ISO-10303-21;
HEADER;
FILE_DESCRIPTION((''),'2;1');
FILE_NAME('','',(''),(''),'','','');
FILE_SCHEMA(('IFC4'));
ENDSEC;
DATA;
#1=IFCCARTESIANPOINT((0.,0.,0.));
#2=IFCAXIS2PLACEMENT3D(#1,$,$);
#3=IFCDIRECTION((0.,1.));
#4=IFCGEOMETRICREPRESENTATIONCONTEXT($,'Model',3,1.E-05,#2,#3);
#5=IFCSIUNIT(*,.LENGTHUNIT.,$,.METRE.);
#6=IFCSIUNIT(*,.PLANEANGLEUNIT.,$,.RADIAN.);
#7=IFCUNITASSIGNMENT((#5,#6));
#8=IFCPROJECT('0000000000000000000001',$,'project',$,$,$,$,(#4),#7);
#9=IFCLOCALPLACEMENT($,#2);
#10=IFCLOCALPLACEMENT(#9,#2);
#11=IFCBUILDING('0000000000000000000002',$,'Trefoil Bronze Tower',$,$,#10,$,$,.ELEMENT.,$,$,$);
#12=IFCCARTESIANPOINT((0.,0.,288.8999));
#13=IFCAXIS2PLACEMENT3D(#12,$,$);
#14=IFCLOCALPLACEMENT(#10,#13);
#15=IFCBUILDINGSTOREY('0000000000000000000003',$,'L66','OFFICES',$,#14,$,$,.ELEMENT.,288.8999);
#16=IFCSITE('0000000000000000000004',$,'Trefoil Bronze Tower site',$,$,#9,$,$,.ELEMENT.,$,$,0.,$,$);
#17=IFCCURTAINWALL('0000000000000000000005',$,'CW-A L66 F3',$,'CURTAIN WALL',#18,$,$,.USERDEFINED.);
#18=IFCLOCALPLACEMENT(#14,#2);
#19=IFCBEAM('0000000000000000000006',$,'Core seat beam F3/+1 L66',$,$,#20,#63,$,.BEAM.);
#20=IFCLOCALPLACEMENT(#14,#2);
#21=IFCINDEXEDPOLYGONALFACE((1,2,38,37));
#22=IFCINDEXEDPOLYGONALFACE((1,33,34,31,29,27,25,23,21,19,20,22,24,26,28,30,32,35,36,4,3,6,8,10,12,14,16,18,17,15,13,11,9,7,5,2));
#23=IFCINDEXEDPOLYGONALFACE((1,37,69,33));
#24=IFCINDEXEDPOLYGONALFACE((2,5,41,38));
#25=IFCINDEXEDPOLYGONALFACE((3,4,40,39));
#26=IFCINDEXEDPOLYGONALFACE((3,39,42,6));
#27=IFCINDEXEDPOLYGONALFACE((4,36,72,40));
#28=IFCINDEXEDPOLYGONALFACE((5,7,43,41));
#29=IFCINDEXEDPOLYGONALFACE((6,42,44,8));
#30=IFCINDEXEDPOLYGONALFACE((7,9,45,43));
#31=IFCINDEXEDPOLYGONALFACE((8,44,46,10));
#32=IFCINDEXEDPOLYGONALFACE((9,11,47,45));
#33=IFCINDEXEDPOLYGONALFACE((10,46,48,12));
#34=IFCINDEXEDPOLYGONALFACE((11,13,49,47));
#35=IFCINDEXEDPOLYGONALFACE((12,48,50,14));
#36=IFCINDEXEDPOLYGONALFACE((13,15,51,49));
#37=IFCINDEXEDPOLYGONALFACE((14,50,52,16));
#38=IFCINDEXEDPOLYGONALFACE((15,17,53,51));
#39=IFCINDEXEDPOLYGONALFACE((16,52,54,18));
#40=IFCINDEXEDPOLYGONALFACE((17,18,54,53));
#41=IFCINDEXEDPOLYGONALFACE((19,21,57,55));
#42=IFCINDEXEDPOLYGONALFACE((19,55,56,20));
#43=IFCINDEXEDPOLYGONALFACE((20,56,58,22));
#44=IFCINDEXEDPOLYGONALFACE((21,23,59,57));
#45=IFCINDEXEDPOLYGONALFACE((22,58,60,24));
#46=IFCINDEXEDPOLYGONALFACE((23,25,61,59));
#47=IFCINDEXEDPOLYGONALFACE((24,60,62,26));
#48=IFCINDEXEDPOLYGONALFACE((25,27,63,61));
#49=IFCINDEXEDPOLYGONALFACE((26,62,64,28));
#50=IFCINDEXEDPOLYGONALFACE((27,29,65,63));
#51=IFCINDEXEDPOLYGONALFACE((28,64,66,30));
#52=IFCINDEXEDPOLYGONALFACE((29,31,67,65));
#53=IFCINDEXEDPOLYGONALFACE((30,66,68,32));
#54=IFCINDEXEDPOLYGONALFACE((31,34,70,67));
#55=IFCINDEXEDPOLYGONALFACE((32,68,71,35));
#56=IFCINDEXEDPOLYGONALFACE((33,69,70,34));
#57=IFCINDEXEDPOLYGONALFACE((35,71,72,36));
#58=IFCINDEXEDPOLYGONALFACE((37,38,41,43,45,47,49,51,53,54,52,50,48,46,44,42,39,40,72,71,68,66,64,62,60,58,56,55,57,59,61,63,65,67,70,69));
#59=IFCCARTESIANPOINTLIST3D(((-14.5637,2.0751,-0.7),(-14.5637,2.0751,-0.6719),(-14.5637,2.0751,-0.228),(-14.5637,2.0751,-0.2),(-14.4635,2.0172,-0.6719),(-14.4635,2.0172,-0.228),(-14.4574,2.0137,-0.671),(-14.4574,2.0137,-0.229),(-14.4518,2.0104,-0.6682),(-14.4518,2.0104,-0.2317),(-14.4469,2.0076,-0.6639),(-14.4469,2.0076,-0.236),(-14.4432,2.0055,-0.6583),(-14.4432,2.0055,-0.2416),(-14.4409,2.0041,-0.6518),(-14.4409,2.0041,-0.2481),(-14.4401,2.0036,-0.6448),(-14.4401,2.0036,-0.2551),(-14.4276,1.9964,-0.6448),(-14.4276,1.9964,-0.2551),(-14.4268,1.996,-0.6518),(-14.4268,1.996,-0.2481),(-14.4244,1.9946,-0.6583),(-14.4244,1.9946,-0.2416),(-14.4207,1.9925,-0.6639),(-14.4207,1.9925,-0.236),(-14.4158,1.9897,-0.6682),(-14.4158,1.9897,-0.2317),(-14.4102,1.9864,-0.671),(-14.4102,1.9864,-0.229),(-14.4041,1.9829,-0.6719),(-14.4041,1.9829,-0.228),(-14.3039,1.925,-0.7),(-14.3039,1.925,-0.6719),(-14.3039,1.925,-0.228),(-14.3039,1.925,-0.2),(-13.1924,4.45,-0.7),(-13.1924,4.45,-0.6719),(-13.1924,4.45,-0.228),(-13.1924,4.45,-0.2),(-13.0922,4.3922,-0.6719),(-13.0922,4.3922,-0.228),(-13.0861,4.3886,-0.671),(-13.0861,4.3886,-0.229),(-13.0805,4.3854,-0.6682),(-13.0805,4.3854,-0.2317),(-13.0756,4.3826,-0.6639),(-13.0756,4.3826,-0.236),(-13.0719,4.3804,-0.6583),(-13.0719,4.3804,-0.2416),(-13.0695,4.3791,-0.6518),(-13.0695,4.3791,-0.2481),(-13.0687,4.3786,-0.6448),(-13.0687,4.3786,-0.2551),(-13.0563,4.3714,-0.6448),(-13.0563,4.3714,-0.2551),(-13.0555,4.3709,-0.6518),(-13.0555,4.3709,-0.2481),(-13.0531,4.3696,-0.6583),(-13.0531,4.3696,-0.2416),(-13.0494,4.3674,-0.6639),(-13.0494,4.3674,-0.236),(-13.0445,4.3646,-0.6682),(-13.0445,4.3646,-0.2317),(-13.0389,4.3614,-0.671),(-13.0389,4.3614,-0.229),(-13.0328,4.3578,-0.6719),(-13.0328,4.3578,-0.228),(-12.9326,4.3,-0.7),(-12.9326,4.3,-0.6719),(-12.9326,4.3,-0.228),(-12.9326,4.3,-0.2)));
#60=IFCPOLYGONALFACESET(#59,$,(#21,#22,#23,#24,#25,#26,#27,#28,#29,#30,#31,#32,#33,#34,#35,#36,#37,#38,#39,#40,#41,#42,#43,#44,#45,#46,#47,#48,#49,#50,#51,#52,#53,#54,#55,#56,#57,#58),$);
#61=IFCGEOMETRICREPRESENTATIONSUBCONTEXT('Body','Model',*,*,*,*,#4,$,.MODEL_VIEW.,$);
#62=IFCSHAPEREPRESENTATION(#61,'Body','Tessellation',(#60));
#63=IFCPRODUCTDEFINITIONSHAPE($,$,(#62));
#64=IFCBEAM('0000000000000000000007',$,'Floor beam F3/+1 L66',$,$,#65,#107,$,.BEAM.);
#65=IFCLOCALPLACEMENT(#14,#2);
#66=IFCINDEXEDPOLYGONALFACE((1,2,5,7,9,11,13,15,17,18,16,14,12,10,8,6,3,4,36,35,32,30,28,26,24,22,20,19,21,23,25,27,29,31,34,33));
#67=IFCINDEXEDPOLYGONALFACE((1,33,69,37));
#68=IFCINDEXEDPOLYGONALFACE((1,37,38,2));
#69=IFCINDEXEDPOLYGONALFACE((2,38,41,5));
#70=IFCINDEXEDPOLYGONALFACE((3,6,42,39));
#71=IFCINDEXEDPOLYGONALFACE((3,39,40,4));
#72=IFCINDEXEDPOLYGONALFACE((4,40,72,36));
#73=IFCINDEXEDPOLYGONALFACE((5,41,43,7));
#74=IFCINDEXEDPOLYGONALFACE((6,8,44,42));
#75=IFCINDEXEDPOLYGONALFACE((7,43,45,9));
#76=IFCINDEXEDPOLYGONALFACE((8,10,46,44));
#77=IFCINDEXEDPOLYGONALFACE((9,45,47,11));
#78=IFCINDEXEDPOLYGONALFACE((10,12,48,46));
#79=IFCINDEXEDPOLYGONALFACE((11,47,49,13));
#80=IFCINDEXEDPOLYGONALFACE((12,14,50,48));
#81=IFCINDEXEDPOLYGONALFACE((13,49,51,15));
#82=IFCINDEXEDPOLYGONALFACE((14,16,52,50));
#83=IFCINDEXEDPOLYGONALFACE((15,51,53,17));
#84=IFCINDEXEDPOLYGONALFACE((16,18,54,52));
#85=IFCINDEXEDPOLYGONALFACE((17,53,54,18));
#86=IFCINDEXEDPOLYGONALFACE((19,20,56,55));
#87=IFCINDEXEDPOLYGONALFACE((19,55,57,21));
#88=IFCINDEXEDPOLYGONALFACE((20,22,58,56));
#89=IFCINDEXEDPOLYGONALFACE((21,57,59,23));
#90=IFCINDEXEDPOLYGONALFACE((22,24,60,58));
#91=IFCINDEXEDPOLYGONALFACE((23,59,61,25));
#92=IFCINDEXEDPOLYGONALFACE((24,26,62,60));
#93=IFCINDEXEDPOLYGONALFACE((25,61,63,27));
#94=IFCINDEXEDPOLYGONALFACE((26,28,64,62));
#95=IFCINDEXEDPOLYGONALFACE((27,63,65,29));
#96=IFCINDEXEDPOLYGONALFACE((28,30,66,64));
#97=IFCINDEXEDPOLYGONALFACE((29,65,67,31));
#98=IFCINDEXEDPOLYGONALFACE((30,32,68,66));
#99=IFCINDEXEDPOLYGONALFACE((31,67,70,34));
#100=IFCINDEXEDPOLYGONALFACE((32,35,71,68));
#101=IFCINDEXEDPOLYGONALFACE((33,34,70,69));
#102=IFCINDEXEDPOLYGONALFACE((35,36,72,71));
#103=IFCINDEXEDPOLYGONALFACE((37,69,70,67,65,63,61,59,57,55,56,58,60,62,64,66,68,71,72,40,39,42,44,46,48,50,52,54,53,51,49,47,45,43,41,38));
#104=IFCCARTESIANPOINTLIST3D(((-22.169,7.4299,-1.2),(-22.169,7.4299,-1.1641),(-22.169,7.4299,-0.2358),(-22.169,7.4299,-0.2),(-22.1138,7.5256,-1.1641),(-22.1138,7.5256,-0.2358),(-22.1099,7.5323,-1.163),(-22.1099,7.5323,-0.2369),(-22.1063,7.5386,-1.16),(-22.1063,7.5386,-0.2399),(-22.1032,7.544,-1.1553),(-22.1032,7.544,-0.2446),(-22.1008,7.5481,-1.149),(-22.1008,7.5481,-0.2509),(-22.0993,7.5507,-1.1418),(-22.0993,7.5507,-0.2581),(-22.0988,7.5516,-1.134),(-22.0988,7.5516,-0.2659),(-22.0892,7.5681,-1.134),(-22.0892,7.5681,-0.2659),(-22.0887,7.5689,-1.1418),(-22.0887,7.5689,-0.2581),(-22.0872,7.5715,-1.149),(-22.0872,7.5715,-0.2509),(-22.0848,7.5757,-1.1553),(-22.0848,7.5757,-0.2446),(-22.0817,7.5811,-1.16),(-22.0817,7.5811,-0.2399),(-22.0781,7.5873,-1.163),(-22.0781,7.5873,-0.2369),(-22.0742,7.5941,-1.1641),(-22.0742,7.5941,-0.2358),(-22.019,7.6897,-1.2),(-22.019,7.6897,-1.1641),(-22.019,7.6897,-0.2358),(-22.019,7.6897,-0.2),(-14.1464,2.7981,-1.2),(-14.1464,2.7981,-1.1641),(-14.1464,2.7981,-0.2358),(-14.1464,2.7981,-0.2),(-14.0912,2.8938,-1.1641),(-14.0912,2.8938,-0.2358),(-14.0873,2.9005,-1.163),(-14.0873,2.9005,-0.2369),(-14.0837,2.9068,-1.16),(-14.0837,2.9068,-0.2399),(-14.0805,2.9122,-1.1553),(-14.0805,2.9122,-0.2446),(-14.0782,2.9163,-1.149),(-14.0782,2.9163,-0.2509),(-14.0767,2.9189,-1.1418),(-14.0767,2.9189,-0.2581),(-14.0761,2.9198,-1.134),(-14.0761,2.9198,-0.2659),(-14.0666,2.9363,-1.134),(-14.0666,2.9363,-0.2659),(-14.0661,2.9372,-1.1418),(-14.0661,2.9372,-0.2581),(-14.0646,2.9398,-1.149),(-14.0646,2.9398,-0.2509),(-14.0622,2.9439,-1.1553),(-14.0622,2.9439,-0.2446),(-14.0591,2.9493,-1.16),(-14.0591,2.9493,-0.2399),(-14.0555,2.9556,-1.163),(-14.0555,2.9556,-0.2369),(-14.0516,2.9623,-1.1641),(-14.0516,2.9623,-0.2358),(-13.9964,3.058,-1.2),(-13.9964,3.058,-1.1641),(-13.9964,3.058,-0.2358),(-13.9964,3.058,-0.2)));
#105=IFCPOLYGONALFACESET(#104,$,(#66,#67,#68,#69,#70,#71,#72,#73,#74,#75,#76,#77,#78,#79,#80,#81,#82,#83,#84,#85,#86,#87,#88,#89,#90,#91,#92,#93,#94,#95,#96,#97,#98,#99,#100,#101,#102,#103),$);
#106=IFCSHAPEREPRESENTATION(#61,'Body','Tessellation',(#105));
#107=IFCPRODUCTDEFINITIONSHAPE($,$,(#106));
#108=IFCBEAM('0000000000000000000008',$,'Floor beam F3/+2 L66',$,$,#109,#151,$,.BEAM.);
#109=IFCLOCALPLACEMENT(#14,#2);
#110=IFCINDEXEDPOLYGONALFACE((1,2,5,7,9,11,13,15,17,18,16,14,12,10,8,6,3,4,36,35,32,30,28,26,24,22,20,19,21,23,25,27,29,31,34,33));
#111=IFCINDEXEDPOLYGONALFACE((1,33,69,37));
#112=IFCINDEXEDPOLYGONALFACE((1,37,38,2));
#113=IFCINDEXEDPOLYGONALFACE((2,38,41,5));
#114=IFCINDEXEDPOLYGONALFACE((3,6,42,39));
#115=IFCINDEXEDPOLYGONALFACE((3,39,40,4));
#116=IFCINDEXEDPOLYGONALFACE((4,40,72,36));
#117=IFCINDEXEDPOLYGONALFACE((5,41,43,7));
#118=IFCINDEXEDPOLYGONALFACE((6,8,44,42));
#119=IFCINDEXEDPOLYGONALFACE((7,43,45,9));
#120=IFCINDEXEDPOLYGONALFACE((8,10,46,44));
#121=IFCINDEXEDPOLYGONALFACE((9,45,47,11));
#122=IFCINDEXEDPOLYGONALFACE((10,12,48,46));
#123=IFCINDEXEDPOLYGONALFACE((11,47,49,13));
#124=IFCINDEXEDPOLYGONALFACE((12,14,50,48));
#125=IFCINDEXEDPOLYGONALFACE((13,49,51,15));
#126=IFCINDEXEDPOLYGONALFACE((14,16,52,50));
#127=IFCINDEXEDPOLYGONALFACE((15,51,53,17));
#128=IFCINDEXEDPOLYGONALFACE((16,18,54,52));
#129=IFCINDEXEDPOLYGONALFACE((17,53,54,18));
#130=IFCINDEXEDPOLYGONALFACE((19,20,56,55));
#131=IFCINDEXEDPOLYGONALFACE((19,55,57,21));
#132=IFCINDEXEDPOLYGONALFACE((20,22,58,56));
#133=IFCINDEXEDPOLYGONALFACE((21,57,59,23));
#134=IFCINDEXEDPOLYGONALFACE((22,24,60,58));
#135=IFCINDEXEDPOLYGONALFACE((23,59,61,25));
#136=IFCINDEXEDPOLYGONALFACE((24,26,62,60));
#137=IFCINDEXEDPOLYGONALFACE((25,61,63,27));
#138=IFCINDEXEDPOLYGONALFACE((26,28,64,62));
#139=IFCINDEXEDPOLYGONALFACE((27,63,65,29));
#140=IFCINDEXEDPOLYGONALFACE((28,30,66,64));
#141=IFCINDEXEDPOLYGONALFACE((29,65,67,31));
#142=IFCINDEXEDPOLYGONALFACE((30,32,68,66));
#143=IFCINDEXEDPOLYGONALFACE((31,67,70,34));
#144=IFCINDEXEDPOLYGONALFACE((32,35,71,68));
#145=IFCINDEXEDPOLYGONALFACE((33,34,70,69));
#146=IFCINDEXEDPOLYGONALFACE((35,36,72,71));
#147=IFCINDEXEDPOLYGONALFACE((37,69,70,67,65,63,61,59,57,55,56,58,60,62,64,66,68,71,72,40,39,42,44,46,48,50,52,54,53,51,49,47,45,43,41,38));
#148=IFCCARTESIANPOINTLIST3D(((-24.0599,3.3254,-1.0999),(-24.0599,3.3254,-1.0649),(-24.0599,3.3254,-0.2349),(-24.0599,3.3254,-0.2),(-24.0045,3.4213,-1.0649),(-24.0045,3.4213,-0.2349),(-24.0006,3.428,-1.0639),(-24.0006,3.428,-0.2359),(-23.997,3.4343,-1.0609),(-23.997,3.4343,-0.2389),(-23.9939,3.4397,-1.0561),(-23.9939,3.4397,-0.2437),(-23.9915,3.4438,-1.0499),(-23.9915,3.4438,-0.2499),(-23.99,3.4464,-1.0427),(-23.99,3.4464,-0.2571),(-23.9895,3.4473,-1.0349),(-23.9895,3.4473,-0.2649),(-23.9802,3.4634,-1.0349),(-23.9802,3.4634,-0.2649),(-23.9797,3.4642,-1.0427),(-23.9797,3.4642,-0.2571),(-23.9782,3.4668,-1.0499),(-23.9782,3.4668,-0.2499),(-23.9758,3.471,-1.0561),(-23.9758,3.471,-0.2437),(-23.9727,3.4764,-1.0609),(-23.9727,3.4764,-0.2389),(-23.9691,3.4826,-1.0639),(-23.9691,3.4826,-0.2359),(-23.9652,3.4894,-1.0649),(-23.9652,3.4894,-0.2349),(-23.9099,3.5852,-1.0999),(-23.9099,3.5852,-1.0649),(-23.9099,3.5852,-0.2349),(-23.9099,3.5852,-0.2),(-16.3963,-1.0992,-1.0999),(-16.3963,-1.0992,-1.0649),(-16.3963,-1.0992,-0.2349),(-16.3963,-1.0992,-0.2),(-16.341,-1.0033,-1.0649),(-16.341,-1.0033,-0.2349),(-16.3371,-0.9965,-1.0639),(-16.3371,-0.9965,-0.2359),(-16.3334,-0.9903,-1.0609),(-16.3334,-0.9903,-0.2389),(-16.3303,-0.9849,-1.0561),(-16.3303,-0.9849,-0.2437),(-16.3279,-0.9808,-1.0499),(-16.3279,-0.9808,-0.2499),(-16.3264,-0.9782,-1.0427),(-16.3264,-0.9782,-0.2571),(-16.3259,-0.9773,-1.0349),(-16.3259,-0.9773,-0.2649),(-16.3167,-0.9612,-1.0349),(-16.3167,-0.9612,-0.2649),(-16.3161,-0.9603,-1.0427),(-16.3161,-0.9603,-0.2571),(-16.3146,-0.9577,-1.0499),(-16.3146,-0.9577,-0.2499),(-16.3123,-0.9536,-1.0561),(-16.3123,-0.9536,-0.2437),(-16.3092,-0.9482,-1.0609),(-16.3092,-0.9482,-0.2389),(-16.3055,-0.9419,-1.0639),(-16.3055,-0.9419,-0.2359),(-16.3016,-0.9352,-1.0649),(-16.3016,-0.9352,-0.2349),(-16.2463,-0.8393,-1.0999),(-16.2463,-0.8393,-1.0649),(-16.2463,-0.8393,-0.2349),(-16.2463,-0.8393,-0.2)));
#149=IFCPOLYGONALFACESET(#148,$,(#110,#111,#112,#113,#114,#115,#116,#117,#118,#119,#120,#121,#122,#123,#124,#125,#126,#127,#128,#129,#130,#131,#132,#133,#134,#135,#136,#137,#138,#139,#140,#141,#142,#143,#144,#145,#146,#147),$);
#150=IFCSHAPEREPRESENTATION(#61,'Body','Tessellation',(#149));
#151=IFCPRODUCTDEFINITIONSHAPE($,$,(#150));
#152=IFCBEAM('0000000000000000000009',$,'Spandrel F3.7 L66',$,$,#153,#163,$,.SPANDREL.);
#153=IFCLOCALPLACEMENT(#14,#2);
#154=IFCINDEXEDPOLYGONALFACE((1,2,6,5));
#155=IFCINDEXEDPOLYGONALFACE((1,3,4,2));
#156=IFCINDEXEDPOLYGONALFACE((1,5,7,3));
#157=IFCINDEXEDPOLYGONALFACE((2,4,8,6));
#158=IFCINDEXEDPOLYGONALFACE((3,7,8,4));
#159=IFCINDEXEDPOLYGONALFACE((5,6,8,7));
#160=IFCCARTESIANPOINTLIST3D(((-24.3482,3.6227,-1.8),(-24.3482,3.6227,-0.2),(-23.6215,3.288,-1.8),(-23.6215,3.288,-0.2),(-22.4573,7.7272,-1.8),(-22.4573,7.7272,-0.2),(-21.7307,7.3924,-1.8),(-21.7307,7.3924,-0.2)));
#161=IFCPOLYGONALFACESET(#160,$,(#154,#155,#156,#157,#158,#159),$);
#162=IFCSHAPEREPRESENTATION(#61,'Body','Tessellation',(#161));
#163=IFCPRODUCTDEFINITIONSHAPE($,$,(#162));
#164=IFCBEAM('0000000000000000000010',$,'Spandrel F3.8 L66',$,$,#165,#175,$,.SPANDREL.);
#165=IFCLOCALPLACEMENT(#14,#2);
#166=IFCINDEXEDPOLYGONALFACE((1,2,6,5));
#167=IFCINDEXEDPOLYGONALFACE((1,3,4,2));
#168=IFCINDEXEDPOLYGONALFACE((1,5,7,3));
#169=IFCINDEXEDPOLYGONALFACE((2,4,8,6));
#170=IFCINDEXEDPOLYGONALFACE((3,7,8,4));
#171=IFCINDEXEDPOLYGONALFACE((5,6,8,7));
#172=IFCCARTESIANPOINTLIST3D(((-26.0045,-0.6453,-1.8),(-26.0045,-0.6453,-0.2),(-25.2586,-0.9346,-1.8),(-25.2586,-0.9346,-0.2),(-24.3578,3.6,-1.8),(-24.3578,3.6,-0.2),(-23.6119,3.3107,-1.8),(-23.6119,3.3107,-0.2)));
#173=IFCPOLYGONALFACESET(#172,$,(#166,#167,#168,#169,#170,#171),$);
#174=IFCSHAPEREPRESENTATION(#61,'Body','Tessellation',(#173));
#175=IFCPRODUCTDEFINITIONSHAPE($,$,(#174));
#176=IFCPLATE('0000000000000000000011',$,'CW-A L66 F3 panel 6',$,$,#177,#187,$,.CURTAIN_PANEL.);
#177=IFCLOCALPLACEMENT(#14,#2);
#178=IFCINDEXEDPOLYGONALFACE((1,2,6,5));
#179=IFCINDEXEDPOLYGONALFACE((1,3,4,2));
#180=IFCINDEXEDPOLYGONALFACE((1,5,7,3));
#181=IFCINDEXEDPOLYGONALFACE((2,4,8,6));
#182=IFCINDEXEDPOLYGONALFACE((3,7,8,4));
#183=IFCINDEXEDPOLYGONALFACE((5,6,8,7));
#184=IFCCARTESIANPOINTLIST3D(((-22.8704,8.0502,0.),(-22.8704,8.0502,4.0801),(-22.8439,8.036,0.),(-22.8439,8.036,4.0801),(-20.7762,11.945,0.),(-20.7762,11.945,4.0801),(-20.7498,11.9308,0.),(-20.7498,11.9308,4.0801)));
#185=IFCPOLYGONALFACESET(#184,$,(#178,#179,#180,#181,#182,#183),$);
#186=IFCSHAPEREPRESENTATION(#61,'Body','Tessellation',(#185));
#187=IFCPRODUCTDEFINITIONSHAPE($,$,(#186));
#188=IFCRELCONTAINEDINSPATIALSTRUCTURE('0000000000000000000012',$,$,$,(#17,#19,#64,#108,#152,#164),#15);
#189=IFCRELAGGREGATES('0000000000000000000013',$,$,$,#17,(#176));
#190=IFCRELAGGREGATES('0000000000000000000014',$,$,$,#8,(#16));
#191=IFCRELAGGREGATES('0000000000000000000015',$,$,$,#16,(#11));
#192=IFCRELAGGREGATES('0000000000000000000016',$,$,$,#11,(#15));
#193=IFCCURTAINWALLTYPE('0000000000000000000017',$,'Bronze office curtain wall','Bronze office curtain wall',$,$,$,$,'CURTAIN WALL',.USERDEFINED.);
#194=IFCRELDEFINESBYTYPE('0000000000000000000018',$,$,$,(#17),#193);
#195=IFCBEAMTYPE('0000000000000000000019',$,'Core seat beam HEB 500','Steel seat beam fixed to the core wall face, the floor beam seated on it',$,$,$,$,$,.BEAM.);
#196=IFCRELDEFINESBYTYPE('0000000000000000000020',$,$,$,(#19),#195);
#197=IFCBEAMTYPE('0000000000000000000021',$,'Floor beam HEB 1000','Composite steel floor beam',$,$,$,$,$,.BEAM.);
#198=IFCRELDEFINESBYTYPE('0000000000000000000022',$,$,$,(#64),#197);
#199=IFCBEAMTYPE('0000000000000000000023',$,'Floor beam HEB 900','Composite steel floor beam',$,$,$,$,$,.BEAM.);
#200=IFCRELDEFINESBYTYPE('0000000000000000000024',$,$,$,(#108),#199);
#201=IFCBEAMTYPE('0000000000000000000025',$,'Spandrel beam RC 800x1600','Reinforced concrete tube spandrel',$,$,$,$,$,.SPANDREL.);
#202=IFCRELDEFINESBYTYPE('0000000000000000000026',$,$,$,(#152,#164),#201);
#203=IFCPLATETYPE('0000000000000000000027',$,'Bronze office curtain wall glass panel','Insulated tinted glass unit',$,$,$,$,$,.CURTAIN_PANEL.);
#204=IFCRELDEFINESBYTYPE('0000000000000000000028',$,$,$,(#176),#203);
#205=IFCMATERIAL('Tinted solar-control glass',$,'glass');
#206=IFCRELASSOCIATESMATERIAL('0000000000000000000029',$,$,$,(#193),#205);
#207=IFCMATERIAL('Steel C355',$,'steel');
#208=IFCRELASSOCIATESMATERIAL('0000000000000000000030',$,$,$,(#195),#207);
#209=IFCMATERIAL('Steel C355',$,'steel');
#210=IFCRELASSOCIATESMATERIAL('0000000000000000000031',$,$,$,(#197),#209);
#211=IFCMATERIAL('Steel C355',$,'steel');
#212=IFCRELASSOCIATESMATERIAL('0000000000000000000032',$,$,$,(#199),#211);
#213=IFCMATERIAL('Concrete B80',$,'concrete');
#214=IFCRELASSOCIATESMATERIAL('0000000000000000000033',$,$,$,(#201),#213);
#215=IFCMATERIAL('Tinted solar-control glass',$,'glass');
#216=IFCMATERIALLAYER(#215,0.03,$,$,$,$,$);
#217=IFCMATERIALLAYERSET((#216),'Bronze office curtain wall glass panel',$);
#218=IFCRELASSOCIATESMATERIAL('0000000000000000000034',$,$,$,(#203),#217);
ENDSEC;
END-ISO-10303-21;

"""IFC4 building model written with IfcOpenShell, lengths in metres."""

from ifc_helpers import new_model, si_unit, direction, frame, origin, origin_2d, place, context, subcontext, project, spatial, rectangle, i_section, extrude, material, layer, layer_set, material_profile, profile_set, type_object, element, aggregate, save


model = new_model("IFC4")

# Units and contexts
model_context = context("Model", 3, precision=1e-05, world=origin(), true_north=direction((0.0, 1.0)))
body_context = subcontext(model_context, "Body", "Model", "MODEL_VIEW")
ifc_project = project(units=[si_unit("LENGTHUNIT", "METRE"), si_unit("PLANEANGLEUNIT", "RADIAN")], contexts=[model_context])

# Site, building, storey
site_placement = place(None, origin())
site = spatial("IfcSite", under=ifc_project, at=site_placement, Name="Trefoil Bronze Tower site", CompositionType="ELEMENT", RefElevation=0.0)
building_placement = place(site_placement, origin())
building = spatial("IfcBuilding", under=site, at=building_placement, Name="Trefoil Bronze Tower", CompositionType="ELEMENT")
storey_placement = place(building_placement, frame((0.0, 0.0, 288.8999)))
storey = spatial("IfcBuildingStorey", under=building, at=storey_placement, Name="L66", Description="OFFICES", CompositionType="ELEMENT", Elevation=288.8999)

# Curtain wall
ifc_material_1 = material(Name="Tinted solar-control glass", Category="glass")
curtain_wall_type = type_object("IfcCurtainWallType", Name="Bronze office curtain wall", Description="Bronze office curtain wall", ElementType="CURTAIN WALL", PredefinedType="USERDEFINED", material=ifc_material_1)
curtain_wall_placement = place(storey_placement, origin())
curtain_wall = element("IfcCurtainWall", 1, at=curtain_wall_placement, inside=storey, type_object=curtain_wall_type, Name="CW-A L66 F3", ObjectType="CURTAIN WALL", PredefinedType="USERDEFINED")

# Beams
ifc_material_2 = material(Name="Steel C355", Category="steel")
ifc_material_profile_1 = material_profile(ifc_material_2, i_section(OverallWidth=0.3, OverallDepth=0.5, WebThickness=0.0144, FlangeThickness=0.0281, FilletRadius=0.0271, at=origin_2d()), Name="HEB 500")
ifc_profile_set_1 = profile_set([ifc_material_profile_1], Name="Steel C355")
beam_type_1 = type_object("IfcBeamType", Name="Core seat beam HEB 500", Description="Steel seat beam fixed to the core wall face, the floor beam seated on it", PredefinedType="BEAM", material=ifc_profile_set_1)
for number, where, z_axis, x_axis, name in (
    (2, (-13.0625, 4.375, -0.45), (-0.500036, -0.866005, 0.0), (0.866005, -0.500036, 0.0), "Core seat beam F3/+1 L66"),
):
    element("IfcBeam", number, at=place(storey_placement, frame(where, z_axis=z_axis, x_axis=x_axis)), inside=storey, type_object=beam_type_1, Name=name, PredefinedType="BEAM", context=body_context, shape_type="SweptSolid", body=[
        extrude(i_section(OverallWidth=0.3, OverallDepth=0.5, WebThickness=0.0144, FlangeThickness=0.0281, FilletRadius=0.0271, at=origin_2d()), origin(), (0.0, 0.0, 1.0), 2.7424),
    ])
ifc_material_3 = material(Name="Steel C355", Category="steel")
ifc_material_profile_2 = material_profile(ifc_material_3, i_section(OverallWidth=0.3, OverallDepth=1.0, WebThickness=0.019, FlangeThickness=0.0359, FilletRadius=0.03, at=origin_2d()), Name="HEB 1000")
ifc_profile_set_2 = profile_set([ifc_material_profile_2], Name="Steel C355")
beam_type_2 = type_object("IfcBeamType", Name="Floor beam HEB 1000", Description="Composite steel floor beam", PredefinedType="BEAM", material=ifc_profile_set_2)
beam_1_placement = place(storey_placement, frame((-22.094, 7.5598, -0.7), z_axis=(0.866029, -0.499994, 0.0), x_axis=(0.499994, 0.866029, 0.0)))
element("IfcBeam", 3, at=beam_1_placement, inside=storey, type_object=beam_type_2, Name="Floor beam F3/+1 L66", PredefinedType="BEAM", context=body_context, shape_type="SweptSolid", body=[
    extrude(i_section(OverallWidth=0.3, OverallDepth=1.0, WebThickness=0.019, FlangeThickness=0.0359, FilletRadius=0.03, at=origin_2d()), origin(), (0.0, 0.0, 1.0), 9.2637),
])
ifc_material_4 = material(Name="Steel C355", Category="steel")
ifc_material_profile_3 = material_profile(ifc_material_4, i_section(OverallWidth=0.3, OverallDepth=0.8999, WebThickness=0.0186, FlangeThickness=0.0349, FilletRadius=0.03, at=origin_2d()), Name="HEB 900")
ifc_profile_set_3 = profile_set([ifc_material_profile_3], Name="Steel C355")
beam_type_3 = type_object("IfcBeamType", Name="Floor beam HEB 900", Description="Composite steel floor beam", PredefinedType="BEAM", material=ifc_profile_set_3)
beam_2_placement = place(storey_placement, frame((-23.9849, 3.4553, -0.6499), z_axis=(0.866026, -0.499999, 0.0), x_axis=(0.499999, 0.866026, 0.0)))
element("IfcBeam", 4, at=beam_2_placement, inside=storey, type_object=beam_type_3, Name="Floor beam F3/+2 L66", PredefinedType="BEAM", context=body_context, shape_type="SweptSolid", body=[
    extrude(i_section(OverallWidth=0.3, OverallDepth=0.8999, WebThickness=0.0186, FlangeThickness=0.0349, FilletRadius=0.03, at=origin_2d()), origin(), (0.0, 0.0, 1.0), 8.8491),
])
ifc_material_5 = material(Name="Concrete B80", Category="concrete")
ifc_material_profile_4 = material_profile(ifc_material_5, rectangle(XDim=0.8, YDim=1.6001, at=origin_2d()), Name="RC 800x1600")
ifc_profile_set_4 = profile_set([ifc_material_profile_4], Name="Concrete B80")
beam_type_4 = type_object("IfcBeamType", Name="Spandrel beam RC 800x1600", Description="Reinforced concrete tube spandrel", PredefinedType="SPANDREL", material=ifc_profile_set_4)
beam_3_placement = place(storey_placement, frame((-22.094, 7.5598, -1.0), z_axis=(-0.418417, -0.908255, 0.0), x_axis=(0.908255, -0.418417, 0.0)))
element("IfcBeam", 5, at=beam_3_placement, inside=storey, type_object=beam_type_4, Name="Spandrel F3.7 L66", PredefinedType="SPANDREL", context=body_context, shape_type="SweptSolid", body=[
    extrude(rectangle(XDim=0.8, YDim=1.6001, at=origin_2d()), origin(), (0.0, 0.0, 1.0), 4.519),
])
beam_4_placement = place(storey_placement, frame((-23.9849, 3.4553, -1.0), z_axis=(-0.361636, -0.932319, 0.0), x_axis=(0.932319, -0.361636, 0.0)))
element("IfcBeam", 6, at=beam_4_placement, inside=storey, type_object=beam_type_4, Name="Spandrel F3.8 L66", PredefinedType="SPANDREL", context=body_context, shape_type="SweptSolid", body=[
    extrude(rectangle(XDim=0.8, YDim=1.6001, at=origin_2d()), origin(), (0.0, 0.0, 1.0), 4.5535),
])

# Plate
ifc_material_6 = material(Name="Tinted solar-control glass", Category="glass")
ifc_layer_1 = layer(ifc_material_6, 0.03)
ifc_layer_set_1 = layer_set([ifc_layer_1], Name="Bronze office curtain wall glass panel")
plate_type = type_object("IfcPlateType", Name="Bronze office curtain wall glass panel", Description="Insulated tinted glass unit", PredefinedType="CURTAIN_PANEL", material=ifc_layer_set_1)
plate_1_placement = place(storey_placement, frame((-21.8101, 9.9905, 0.0), z_axis=(0.0, 0.0, 1.0), x_axis=(-0.473562, -0.88076, 0.0)))
plate_1 = element("IfcPlate", 7, at=plate_1_placement, type_object=plate_type, Name="CW-A L66 F3 panel 6", PredefinedType="CURTAIN_PANEL", context=body_context, shape_type="SweptSolid", body=[
    extrude(rectangle(XDim=4.4221, YDim=0.03, at=origin_2d()), origin(), (0.0, 0.0, 1.0), 4.0801),
])
aggregate(curtain_wall, [plate_1])

save(model, "model.ifc")
